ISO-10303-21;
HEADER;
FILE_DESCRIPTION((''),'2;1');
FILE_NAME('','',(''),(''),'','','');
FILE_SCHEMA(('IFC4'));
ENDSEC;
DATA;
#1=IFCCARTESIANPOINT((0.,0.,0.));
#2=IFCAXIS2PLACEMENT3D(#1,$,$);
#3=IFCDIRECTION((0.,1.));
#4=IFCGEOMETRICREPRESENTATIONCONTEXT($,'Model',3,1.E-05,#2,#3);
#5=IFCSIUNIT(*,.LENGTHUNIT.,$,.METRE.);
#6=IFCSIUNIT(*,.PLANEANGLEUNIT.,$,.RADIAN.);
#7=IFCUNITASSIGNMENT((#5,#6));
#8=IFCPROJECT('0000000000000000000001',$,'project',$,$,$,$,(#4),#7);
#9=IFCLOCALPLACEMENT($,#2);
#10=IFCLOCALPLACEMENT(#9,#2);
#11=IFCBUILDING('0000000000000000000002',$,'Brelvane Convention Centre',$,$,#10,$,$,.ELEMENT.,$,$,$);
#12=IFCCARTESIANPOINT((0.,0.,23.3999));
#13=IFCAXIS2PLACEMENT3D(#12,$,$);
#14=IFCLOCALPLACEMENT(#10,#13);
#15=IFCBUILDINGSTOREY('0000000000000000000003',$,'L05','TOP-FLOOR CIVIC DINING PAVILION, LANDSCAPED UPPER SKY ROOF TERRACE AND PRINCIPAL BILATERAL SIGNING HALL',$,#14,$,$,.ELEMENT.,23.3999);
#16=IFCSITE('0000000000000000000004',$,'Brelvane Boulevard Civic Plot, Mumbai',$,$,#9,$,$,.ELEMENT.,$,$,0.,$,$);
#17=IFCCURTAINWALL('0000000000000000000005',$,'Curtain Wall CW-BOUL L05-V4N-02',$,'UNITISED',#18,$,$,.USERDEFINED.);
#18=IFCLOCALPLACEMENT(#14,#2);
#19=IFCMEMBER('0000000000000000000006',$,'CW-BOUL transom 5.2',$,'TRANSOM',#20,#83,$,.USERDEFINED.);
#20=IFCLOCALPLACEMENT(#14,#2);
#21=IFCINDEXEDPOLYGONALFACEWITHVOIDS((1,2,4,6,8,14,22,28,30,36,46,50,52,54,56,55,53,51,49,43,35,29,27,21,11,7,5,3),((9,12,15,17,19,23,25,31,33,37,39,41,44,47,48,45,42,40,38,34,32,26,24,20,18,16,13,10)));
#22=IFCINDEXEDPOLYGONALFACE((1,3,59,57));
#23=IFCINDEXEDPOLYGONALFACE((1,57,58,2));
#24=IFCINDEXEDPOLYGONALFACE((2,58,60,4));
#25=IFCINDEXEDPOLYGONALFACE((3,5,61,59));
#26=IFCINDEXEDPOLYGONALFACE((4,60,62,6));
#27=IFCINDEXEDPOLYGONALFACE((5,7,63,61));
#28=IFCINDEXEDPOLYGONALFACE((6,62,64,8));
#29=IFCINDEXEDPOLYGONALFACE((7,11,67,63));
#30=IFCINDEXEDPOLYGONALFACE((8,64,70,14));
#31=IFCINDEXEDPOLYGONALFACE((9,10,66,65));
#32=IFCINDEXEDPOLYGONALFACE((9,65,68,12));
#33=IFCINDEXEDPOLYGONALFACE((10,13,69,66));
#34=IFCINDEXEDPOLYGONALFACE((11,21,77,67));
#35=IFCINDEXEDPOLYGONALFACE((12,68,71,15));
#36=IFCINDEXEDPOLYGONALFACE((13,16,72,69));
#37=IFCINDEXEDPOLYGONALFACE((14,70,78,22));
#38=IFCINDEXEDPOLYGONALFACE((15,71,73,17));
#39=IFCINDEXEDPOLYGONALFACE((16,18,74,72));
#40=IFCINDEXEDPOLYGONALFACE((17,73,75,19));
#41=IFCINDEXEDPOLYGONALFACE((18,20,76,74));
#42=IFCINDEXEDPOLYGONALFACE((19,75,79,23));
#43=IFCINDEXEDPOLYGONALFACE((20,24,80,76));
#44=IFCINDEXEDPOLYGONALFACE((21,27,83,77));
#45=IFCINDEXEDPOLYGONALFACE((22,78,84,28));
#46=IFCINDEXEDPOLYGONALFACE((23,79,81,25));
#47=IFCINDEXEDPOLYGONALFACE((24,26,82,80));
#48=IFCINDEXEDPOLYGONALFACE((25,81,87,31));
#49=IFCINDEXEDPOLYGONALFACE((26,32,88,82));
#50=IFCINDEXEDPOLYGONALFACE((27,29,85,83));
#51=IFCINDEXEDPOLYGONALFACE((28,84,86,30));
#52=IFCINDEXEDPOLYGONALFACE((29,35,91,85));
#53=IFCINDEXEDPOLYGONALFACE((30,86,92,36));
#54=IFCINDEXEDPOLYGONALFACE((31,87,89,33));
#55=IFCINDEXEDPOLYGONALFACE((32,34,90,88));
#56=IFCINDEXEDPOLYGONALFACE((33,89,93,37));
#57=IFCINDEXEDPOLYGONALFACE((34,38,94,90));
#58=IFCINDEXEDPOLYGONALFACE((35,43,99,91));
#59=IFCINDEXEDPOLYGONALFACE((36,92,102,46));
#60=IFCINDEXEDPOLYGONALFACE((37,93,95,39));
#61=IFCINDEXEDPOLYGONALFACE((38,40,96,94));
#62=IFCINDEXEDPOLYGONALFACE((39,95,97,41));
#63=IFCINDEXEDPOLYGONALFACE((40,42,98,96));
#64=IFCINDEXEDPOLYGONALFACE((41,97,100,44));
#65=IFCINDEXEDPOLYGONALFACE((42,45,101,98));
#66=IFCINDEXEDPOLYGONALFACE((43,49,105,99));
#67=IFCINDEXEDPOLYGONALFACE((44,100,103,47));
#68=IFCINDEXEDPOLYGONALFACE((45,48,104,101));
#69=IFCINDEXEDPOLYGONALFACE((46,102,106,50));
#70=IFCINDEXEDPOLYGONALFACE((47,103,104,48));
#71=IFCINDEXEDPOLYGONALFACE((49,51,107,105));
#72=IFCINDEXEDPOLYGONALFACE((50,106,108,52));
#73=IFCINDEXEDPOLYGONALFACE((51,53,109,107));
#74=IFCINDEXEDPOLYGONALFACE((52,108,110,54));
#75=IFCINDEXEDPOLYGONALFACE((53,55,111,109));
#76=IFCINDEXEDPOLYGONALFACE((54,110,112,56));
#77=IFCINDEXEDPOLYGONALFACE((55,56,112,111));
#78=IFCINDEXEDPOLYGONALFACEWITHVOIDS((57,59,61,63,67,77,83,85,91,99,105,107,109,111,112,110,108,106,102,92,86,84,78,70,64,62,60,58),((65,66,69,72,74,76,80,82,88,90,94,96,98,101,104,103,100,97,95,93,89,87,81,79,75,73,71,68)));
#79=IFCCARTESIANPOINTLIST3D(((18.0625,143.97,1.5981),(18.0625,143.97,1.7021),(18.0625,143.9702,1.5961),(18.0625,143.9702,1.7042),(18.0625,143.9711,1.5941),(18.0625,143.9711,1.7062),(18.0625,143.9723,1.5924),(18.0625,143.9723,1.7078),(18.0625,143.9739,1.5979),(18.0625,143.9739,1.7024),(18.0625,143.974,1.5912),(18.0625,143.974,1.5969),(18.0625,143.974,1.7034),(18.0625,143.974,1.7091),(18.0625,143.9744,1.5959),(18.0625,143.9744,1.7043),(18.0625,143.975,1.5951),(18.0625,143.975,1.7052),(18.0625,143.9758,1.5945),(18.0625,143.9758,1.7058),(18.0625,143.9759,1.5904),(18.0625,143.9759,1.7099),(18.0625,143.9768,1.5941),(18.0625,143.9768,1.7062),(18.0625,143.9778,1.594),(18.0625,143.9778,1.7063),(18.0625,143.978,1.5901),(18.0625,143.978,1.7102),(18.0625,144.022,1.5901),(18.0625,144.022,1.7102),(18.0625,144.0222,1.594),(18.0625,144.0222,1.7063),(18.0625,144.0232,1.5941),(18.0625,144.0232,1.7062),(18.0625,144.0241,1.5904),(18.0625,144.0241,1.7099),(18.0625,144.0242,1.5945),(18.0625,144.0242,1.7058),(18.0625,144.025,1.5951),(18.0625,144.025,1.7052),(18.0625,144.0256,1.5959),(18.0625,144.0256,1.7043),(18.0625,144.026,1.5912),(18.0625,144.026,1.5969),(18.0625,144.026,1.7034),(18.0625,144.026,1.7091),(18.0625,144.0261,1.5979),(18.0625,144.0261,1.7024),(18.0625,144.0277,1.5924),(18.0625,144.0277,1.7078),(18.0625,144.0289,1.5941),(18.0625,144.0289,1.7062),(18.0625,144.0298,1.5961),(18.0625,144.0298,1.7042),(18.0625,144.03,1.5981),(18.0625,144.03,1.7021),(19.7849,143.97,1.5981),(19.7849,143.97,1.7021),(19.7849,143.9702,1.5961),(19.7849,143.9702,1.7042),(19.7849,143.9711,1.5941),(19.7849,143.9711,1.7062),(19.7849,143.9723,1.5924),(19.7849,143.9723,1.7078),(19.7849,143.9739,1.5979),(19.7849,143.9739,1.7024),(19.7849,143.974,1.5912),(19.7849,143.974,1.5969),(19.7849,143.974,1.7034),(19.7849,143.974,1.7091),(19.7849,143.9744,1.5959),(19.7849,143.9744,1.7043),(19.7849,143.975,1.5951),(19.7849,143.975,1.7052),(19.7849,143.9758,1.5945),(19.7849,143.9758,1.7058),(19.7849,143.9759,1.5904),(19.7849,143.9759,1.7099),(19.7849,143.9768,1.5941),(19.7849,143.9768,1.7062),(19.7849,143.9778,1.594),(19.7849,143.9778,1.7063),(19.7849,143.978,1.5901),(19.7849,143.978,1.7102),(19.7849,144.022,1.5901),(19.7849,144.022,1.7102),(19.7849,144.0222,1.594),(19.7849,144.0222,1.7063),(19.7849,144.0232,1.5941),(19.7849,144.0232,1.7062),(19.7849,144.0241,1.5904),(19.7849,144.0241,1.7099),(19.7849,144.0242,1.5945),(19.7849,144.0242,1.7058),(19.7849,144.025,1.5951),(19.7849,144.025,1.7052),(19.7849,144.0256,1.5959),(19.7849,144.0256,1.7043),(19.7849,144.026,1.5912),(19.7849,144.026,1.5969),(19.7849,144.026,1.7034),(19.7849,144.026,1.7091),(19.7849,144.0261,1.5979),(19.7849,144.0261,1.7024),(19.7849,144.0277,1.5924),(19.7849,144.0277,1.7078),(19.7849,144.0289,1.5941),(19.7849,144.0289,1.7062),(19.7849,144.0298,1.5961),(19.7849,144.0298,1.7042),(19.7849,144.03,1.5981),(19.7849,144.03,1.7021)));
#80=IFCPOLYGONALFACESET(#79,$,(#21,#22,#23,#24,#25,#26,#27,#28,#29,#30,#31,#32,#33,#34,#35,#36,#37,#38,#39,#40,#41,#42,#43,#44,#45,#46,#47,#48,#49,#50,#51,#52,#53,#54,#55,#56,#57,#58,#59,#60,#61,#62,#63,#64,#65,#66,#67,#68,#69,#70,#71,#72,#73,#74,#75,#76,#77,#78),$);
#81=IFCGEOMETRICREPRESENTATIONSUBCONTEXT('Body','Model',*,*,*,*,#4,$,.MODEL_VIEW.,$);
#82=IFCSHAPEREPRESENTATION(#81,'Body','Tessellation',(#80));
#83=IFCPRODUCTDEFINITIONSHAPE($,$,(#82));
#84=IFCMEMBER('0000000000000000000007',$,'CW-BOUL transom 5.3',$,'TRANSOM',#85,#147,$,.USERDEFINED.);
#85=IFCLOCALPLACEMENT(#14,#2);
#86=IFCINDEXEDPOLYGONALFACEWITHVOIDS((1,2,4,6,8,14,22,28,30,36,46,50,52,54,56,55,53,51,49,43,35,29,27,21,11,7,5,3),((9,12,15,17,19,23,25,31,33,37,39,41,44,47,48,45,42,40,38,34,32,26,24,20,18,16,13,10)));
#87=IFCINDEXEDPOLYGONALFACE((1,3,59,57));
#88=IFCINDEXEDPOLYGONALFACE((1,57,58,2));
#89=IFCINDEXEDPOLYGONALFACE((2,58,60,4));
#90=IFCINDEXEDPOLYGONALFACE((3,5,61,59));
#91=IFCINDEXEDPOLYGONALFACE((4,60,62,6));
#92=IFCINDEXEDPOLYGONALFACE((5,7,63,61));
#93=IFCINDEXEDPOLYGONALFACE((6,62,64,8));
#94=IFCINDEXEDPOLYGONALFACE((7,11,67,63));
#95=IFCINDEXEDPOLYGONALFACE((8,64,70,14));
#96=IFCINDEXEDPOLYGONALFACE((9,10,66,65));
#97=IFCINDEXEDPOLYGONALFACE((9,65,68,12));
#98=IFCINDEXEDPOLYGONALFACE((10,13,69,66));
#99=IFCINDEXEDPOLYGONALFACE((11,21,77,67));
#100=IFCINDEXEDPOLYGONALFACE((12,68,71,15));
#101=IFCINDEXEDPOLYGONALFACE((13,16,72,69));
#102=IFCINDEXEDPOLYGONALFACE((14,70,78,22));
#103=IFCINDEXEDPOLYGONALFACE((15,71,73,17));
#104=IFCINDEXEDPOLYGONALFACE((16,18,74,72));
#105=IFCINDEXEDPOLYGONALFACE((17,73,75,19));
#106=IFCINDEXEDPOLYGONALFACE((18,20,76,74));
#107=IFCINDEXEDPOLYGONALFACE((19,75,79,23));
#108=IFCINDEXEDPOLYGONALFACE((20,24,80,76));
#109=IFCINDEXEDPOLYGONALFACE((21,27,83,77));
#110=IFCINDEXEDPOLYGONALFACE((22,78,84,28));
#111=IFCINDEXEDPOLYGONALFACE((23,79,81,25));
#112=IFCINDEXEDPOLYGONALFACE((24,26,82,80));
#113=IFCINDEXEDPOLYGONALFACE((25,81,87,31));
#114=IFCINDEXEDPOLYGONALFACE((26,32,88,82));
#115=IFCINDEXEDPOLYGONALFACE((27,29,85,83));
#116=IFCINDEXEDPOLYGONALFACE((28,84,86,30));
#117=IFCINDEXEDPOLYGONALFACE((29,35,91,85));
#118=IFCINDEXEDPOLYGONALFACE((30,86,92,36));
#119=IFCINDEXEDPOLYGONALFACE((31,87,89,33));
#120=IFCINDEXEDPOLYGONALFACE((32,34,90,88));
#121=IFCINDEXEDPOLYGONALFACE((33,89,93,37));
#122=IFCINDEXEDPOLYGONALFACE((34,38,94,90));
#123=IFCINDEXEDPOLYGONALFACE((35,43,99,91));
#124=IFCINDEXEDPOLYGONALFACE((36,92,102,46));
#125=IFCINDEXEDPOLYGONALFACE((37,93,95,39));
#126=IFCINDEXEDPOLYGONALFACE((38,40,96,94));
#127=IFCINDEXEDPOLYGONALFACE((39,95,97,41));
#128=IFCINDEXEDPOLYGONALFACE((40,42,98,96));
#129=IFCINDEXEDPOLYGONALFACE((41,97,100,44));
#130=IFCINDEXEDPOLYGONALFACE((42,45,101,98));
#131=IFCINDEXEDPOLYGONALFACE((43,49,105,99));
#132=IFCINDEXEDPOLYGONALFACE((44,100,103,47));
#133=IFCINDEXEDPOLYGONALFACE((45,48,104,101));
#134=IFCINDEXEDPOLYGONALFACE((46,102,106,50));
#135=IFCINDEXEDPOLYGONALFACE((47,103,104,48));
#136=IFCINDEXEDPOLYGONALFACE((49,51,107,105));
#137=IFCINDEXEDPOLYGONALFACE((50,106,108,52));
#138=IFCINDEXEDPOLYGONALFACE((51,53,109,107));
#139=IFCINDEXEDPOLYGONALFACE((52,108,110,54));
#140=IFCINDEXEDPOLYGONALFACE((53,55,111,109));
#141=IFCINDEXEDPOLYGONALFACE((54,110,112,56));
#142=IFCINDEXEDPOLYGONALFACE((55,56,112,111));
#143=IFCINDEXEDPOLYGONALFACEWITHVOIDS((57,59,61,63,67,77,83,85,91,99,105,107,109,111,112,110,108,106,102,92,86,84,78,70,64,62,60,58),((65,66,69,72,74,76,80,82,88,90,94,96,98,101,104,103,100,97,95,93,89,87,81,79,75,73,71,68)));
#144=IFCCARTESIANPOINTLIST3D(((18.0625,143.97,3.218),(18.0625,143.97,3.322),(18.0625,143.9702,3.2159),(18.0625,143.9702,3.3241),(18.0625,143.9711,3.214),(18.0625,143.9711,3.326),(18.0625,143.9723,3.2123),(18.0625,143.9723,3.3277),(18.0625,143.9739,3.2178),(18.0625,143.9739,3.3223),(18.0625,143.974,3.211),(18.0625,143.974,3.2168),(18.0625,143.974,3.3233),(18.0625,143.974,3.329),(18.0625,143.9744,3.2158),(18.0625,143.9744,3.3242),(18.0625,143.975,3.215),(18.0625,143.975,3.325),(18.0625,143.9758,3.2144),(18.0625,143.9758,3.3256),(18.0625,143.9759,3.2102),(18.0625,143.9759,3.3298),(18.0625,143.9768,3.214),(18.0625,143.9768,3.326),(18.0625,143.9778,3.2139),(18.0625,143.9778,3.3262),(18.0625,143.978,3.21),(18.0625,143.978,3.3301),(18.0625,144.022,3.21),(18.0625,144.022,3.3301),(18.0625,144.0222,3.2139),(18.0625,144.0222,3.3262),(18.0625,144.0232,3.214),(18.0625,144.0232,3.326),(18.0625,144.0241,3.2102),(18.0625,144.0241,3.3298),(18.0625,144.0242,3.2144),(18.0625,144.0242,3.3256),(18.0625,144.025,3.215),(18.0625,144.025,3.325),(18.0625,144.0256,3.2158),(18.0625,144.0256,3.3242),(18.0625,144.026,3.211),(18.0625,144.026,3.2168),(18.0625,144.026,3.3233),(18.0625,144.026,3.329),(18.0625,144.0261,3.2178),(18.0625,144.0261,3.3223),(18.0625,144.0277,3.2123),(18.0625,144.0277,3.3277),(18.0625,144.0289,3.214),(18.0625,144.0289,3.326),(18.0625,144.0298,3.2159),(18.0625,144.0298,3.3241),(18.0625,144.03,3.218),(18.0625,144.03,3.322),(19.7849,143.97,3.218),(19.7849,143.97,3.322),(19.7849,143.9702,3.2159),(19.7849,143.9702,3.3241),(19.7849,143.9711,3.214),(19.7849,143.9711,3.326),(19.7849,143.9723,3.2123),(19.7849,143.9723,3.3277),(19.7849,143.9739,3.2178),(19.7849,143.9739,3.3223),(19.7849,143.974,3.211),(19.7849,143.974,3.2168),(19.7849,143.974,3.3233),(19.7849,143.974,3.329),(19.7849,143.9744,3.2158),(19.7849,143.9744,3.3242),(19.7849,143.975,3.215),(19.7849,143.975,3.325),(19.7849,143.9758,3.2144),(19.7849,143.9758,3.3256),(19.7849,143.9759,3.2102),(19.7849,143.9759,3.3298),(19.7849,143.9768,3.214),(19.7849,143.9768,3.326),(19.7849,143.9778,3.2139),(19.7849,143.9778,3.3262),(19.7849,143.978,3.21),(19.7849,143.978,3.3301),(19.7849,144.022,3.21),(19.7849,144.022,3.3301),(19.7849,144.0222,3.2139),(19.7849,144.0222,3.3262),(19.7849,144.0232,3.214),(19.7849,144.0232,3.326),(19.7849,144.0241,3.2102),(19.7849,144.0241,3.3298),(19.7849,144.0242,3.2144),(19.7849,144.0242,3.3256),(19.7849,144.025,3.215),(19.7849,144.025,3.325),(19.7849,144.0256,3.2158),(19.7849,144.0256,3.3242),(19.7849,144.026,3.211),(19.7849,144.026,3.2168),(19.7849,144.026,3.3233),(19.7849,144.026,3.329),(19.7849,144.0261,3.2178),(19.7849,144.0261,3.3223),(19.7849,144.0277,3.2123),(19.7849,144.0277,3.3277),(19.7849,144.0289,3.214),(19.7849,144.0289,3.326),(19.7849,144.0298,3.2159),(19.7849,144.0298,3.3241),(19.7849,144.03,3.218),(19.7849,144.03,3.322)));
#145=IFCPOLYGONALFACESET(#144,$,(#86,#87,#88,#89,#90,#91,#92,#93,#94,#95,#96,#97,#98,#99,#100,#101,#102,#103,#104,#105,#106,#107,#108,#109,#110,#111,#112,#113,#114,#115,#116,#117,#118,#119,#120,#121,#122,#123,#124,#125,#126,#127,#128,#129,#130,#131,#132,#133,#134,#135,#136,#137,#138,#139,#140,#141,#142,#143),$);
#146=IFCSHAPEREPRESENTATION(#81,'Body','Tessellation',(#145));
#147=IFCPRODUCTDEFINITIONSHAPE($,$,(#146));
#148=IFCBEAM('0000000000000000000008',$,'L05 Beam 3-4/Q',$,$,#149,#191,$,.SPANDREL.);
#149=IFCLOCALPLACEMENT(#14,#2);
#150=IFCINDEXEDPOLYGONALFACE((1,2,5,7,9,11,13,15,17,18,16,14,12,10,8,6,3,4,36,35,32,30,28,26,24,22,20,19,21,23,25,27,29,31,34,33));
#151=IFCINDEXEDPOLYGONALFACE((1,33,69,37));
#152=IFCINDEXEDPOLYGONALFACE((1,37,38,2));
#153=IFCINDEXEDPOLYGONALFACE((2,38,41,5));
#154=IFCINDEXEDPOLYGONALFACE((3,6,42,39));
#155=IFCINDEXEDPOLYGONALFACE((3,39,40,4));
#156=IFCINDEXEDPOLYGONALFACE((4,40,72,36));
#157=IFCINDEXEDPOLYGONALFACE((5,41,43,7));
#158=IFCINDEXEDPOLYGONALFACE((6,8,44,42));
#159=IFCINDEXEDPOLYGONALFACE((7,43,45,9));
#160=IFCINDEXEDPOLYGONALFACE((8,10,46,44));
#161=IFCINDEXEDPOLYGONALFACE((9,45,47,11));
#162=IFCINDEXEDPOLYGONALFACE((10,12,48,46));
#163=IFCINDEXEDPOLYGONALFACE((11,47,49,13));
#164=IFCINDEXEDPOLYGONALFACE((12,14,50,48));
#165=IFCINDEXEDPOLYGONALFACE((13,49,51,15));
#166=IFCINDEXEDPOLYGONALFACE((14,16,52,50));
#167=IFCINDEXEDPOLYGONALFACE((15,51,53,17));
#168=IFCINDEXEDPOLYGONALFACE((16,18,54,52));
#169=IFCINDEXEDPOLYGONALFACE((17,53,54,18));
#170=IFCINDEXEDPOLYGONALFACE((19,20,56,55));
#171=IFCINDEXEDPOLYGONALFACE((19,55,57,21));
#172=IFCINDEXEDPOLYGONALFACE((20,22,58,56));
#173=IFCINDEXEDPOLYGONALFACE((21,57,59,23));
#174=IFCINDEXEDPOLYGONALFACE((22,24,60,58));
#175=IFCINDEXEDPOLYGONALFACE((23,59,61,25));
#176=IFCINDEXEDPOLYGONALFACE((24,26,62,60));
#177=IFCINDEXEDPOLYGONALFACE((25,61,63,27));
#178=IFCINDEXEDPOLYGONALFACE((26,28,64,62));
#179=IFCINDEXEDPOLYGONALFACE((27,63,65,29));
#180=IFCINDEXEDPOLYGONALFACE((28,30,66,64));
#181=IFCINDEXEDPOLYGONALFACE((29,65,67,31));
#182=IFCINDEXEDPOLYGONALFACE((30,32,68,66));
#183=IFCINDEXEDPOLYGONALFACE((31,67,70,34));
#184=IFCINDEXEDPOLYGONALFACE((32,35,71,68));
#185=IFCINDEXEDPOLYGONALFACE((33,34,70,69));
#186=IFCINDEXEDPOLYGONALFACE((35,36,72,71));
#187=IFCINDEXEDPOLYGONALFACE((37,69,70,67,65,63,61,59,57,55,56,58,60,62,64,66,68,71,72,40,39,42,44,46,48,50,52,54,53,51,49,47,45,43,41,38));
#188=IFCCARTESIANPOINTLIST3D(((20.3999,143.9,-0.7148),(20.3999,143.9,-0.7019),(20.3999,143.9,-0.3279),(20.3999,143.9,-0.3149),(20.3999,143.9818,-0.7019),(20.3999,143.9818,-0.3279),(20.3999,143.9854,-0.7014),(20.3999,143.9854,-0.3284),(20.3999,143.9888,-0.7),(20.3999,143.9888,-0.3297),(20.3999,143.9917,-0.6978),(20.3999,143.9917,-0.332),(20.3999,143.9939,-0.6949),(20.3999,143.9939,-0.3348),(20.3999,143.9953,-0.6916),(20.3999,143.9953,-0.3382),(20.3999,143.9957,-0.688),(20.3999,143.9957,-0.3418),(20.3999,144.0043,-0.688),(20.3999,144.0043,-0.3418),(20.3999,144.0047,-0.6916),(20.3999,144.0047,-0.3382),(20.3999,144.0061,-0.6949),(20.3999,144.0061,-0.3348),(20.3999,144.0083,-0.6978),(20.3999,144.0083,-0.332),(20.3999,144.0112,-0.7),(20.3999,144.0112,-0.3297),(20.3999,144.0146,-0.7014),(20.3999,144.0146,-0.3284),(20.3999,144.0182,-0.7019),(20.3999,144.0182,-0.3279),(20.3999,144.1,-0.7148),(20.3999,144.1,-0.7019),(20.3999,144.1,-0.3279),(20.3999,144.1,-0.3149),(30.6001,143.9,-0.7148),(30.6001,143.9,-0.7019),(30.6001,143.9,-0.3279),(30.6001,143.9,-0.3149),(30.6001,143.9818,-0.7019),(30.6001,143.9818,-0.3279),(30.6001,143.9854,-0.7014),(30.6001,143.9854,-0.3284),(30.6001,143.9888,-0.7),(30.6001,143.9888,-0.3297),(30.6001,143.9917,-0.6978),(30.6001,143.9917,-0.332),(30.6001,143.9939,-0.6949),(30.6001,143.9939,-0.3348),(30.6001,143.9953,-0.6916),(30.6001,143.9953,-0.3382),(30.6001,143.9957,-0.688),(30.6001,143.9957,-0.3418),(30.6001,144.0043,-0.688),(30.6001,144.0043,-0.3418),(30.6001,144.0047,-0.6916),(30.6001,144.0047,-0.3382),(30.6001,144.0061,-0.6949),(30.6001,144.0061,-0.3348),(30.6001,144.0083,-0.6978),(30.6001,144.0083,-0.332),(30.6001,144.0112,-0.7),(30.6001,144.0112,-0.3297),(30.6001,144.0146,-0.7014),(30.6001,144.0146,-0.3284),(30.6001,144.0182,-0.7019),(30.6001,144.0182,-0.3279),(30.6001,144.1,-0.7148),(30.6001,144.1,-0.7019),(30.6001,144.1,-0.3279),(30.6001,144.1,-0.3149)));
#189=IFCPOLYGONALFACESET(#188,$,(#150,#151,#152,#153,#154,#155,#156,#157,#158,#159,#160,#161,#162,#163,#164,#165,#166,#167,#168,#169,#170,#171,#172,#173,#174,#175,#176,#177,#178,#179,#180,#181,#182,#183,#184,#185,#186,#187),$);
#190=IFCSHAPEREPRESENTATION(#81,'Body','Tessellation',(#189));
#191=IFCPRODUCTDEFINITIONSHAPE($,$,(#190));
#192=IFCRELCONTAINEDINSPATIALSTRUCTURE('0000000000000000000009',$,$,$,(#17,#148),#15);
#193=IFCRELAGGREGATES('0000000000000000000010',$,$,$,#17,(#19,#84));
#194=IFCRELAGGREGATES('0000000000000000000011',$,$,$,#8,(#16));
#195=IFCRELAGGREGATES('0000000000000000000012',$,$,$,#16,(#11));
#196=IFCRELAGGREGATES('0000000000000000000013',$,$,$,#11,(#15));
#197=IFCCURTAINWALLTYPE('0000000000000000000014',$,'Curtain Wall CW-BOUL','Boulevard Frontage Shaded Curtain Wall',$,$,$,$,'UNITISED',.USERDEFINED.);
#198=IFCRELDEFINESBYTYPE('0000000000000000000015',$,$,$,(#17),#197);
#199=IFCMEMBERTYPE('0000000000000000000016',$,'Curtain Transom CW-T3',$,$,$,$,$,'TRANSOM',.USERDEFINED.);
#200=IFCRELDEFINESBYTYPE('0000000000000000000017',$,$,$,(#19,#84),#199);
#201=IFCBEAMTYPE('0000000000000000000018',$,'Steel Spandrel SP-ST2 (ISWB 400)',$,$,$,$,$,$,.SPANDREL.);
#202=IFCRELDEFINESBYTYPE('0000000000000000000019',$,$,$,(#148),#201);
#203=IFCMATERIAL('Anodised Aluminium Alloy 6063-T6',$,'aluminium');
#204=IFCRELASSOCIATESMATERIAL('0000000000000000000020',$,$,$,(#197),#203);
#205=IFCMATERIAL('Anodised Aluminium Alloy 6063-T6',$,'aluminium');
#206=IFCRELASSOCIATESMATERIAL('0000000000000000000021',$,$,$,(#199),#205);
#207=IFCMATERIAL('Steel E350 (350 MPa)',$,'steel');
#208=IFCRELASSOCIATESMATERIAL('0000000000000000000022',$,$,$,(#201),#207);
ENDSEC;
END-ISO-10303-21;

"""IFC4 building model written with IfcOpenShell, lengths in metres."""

from ifc_helpers import new_model, si_unit, direction, frame, origin, origin_2d, place, context, subcontext, project, spatial, hollow_rectangle, i_section, extrude, material, material_profile, profile_set, type_object, element, aggregate, save


model = new_model("IFC4")

# Units and contexts
model_context = context("Model", 3, precision=1e-05, world=origin(), true_north=direction((0.0, 1.0)))
body_context = subcontext(model_context, "Body", "Model", "MODEL_VIEW")
ifc_project = project(units=[si_unit("LENGTHUNIT", "METRE"), si_unit("PLANEANGLEUNIT", "RADIAN")], contexts=[model_context])

# Site, building, storey
site_placement = place(None, origin())
site = spatial("IfcSite", under=ifc_project, at=site_placement, Name="Brelvane Boulevard Civic Plot, Mumbai", CompositionType="ELEMENT", RefElevation=0.0)
building_placement = place(site_placement, origin())
building = spatial("IfcBuilding", under=site, at=building_placement, Name="Brelvane Convention Centre", CompositionType="ELEMENT")
storey_placement = place(building_placement, frame((0.0, 0.0, 23.3999)))
storey = spatial("IfcBuildingStorey", under=building, at=storey_placement, Name="L05", Description="TOP-FLOOR CIVIC DINING PAVILION, LANDSCAPED UPPER SKY ROOF TERRACE AND PRINCIPAL BILATERAL SIGNING HALL", CompositionType="ELEMENT", Elevation=23.3999)

# Curtain wall, members
ifc_material_1 = material(Name="Anodised Aluminium Alloy 6063-T6", Category="aluminium")
curtain_wall_type = type_object("IfcCurtainWallType", Name="Curtain Wall CW-BOUL", Description="Boulevard Frontage Shaded Curtain Wall", ElementType="UNITISED", PredefinedType="USERDEFINED", material=ifc_material_1)
curtain_wall_placement = place(storey_placement, origin())
curtain_wall = element("IfcCurtainWall", 1, at=curtain_wall_placement, inside=storey, type_object=curtain_wall_type, Name="Curtain Wall CW-BOUL L05-V4N-02", ObjectType="UNITISED", PredefinedType="USERDEFINED")
ifc_material_2 = material(Name="Anodised Aluminium Alloy 6063-T6", Category="aluminium")
ifc_material_profile_1 = material_profile(ifc_material_2, hollow_rectangle(XDim=0.0601, YDim=0.1201, WallThickness=0.0039, InnerFilletRadius=0.0039, OuterFilletRadius=0.0081, at=origin_2d()), Name="ALU-T 120x60x4.0")
ifc_profile_set_1 = profile_set([ifc_material_profile_1], Name="Anodised Aluminium Alloy 6063-T6")
member_type_1 = type_object("IfcMemberType", Name="Curtain Transom CW-T3", ElementType="TRANSOM", PredefinedType="USERDEFINED", material=ifc_profile_set_1)
member_1_placement = place(storey_placement, frame((18.0625, 144.0, 1.6501), z_axis=(1.0, 0.0, 0.0), x_axis=(0.0, 1.0, 0.0)))
member_1 = element("IfcMember", 2, at=member_1_placement, type_object=member_type_1, Name="CW-BOUL transom 5.2", ObjectType="TRANSOM", PredefinedType="USERDEFINED", context=body_context, shape_type="SweptSolid", body=[
    extrude(hollow_rectangle(XDim=0.0601, YDim=0.1201, WallThickness=0.0039, InnerFilletRadius=0.0039, OuterFilletRadius=0.0081, at=origin_2d()), origin(), (0.0, 0.0, 1.0), 1.7224),
])
member_2_placement = place(storey_placement, frame((18.0625, 144.0, 3.27), z_axis=(1.0, 0.0, 0.0), x_axis=(0.0, 1.0, 0.0)))
member_2 = element("IfcMember", 3, at=member_2_placement, type_object=member_type_1, Name="CW-BOUL transom 5.3", ObjectType="TRANSOM", PredefinedType="USERDEFINED", context=body_context, shape_type="SweptSolid", body=[
    extrude(hollow_rectangle(XDim=0.0601, YDim=0.1201, WallThickness=0.0039, InnerFilletRadius=0.0039, OuterFilletRadius=0.0081, at=origin_2d()), origin(), (0.0, 0.0, 1.0), 1.7224),
])

# Beam
ifc_material_3 = material(Name="Steel E350 (350 MPa)", Category="steel")
ifc_material_profile_2 = material_profile(ifc_material_3, i_section(OverallWidth=0.2, OverallDepth=0.3999, WebThickness=0.0085, FlangeThickness=0.0129, FilletRadius=0.0139, at=origin_2d()), Name="ISWB 400")
ifc_profile_set_2 = profile_set([ifc_material_profile_2], Name="Steel E350 (350 MPa)")
beam_type = type_object("IfcBeamType", Name="Steel Spandrel SP-ST2 (ISWB 400)", PredefinedType="SPANDREL", material=ifc_profile_set_2)
beam_placement = place(storey_placement, frame((20.3999, 144.0, -0.5149), z_axis=(1.0, 0.0, 0.0), x_axis=(0.0, 1.0, 0.0)))
element("IfcBeam", 4, at=beam_placement, inside=storey, type_object=beam_type, Name="L05 Beam 3-4/Q", PredefinedType="SPANDREL", context=body_context, shape_type="SweptSolid", body=[
    extrude(i_section(OverallWidth=0.2, OverallDepth=0.3999, WebThickness=0.0085, FlangeThickness=0.0129, FilletRadius=0.0139, at=origin_2d()), origin(), (0.0, 0.0, 1.0), 10.2002),
])

aggregate(curtain_wall, [member_1, member_2])

save(model, "model.ifc")
